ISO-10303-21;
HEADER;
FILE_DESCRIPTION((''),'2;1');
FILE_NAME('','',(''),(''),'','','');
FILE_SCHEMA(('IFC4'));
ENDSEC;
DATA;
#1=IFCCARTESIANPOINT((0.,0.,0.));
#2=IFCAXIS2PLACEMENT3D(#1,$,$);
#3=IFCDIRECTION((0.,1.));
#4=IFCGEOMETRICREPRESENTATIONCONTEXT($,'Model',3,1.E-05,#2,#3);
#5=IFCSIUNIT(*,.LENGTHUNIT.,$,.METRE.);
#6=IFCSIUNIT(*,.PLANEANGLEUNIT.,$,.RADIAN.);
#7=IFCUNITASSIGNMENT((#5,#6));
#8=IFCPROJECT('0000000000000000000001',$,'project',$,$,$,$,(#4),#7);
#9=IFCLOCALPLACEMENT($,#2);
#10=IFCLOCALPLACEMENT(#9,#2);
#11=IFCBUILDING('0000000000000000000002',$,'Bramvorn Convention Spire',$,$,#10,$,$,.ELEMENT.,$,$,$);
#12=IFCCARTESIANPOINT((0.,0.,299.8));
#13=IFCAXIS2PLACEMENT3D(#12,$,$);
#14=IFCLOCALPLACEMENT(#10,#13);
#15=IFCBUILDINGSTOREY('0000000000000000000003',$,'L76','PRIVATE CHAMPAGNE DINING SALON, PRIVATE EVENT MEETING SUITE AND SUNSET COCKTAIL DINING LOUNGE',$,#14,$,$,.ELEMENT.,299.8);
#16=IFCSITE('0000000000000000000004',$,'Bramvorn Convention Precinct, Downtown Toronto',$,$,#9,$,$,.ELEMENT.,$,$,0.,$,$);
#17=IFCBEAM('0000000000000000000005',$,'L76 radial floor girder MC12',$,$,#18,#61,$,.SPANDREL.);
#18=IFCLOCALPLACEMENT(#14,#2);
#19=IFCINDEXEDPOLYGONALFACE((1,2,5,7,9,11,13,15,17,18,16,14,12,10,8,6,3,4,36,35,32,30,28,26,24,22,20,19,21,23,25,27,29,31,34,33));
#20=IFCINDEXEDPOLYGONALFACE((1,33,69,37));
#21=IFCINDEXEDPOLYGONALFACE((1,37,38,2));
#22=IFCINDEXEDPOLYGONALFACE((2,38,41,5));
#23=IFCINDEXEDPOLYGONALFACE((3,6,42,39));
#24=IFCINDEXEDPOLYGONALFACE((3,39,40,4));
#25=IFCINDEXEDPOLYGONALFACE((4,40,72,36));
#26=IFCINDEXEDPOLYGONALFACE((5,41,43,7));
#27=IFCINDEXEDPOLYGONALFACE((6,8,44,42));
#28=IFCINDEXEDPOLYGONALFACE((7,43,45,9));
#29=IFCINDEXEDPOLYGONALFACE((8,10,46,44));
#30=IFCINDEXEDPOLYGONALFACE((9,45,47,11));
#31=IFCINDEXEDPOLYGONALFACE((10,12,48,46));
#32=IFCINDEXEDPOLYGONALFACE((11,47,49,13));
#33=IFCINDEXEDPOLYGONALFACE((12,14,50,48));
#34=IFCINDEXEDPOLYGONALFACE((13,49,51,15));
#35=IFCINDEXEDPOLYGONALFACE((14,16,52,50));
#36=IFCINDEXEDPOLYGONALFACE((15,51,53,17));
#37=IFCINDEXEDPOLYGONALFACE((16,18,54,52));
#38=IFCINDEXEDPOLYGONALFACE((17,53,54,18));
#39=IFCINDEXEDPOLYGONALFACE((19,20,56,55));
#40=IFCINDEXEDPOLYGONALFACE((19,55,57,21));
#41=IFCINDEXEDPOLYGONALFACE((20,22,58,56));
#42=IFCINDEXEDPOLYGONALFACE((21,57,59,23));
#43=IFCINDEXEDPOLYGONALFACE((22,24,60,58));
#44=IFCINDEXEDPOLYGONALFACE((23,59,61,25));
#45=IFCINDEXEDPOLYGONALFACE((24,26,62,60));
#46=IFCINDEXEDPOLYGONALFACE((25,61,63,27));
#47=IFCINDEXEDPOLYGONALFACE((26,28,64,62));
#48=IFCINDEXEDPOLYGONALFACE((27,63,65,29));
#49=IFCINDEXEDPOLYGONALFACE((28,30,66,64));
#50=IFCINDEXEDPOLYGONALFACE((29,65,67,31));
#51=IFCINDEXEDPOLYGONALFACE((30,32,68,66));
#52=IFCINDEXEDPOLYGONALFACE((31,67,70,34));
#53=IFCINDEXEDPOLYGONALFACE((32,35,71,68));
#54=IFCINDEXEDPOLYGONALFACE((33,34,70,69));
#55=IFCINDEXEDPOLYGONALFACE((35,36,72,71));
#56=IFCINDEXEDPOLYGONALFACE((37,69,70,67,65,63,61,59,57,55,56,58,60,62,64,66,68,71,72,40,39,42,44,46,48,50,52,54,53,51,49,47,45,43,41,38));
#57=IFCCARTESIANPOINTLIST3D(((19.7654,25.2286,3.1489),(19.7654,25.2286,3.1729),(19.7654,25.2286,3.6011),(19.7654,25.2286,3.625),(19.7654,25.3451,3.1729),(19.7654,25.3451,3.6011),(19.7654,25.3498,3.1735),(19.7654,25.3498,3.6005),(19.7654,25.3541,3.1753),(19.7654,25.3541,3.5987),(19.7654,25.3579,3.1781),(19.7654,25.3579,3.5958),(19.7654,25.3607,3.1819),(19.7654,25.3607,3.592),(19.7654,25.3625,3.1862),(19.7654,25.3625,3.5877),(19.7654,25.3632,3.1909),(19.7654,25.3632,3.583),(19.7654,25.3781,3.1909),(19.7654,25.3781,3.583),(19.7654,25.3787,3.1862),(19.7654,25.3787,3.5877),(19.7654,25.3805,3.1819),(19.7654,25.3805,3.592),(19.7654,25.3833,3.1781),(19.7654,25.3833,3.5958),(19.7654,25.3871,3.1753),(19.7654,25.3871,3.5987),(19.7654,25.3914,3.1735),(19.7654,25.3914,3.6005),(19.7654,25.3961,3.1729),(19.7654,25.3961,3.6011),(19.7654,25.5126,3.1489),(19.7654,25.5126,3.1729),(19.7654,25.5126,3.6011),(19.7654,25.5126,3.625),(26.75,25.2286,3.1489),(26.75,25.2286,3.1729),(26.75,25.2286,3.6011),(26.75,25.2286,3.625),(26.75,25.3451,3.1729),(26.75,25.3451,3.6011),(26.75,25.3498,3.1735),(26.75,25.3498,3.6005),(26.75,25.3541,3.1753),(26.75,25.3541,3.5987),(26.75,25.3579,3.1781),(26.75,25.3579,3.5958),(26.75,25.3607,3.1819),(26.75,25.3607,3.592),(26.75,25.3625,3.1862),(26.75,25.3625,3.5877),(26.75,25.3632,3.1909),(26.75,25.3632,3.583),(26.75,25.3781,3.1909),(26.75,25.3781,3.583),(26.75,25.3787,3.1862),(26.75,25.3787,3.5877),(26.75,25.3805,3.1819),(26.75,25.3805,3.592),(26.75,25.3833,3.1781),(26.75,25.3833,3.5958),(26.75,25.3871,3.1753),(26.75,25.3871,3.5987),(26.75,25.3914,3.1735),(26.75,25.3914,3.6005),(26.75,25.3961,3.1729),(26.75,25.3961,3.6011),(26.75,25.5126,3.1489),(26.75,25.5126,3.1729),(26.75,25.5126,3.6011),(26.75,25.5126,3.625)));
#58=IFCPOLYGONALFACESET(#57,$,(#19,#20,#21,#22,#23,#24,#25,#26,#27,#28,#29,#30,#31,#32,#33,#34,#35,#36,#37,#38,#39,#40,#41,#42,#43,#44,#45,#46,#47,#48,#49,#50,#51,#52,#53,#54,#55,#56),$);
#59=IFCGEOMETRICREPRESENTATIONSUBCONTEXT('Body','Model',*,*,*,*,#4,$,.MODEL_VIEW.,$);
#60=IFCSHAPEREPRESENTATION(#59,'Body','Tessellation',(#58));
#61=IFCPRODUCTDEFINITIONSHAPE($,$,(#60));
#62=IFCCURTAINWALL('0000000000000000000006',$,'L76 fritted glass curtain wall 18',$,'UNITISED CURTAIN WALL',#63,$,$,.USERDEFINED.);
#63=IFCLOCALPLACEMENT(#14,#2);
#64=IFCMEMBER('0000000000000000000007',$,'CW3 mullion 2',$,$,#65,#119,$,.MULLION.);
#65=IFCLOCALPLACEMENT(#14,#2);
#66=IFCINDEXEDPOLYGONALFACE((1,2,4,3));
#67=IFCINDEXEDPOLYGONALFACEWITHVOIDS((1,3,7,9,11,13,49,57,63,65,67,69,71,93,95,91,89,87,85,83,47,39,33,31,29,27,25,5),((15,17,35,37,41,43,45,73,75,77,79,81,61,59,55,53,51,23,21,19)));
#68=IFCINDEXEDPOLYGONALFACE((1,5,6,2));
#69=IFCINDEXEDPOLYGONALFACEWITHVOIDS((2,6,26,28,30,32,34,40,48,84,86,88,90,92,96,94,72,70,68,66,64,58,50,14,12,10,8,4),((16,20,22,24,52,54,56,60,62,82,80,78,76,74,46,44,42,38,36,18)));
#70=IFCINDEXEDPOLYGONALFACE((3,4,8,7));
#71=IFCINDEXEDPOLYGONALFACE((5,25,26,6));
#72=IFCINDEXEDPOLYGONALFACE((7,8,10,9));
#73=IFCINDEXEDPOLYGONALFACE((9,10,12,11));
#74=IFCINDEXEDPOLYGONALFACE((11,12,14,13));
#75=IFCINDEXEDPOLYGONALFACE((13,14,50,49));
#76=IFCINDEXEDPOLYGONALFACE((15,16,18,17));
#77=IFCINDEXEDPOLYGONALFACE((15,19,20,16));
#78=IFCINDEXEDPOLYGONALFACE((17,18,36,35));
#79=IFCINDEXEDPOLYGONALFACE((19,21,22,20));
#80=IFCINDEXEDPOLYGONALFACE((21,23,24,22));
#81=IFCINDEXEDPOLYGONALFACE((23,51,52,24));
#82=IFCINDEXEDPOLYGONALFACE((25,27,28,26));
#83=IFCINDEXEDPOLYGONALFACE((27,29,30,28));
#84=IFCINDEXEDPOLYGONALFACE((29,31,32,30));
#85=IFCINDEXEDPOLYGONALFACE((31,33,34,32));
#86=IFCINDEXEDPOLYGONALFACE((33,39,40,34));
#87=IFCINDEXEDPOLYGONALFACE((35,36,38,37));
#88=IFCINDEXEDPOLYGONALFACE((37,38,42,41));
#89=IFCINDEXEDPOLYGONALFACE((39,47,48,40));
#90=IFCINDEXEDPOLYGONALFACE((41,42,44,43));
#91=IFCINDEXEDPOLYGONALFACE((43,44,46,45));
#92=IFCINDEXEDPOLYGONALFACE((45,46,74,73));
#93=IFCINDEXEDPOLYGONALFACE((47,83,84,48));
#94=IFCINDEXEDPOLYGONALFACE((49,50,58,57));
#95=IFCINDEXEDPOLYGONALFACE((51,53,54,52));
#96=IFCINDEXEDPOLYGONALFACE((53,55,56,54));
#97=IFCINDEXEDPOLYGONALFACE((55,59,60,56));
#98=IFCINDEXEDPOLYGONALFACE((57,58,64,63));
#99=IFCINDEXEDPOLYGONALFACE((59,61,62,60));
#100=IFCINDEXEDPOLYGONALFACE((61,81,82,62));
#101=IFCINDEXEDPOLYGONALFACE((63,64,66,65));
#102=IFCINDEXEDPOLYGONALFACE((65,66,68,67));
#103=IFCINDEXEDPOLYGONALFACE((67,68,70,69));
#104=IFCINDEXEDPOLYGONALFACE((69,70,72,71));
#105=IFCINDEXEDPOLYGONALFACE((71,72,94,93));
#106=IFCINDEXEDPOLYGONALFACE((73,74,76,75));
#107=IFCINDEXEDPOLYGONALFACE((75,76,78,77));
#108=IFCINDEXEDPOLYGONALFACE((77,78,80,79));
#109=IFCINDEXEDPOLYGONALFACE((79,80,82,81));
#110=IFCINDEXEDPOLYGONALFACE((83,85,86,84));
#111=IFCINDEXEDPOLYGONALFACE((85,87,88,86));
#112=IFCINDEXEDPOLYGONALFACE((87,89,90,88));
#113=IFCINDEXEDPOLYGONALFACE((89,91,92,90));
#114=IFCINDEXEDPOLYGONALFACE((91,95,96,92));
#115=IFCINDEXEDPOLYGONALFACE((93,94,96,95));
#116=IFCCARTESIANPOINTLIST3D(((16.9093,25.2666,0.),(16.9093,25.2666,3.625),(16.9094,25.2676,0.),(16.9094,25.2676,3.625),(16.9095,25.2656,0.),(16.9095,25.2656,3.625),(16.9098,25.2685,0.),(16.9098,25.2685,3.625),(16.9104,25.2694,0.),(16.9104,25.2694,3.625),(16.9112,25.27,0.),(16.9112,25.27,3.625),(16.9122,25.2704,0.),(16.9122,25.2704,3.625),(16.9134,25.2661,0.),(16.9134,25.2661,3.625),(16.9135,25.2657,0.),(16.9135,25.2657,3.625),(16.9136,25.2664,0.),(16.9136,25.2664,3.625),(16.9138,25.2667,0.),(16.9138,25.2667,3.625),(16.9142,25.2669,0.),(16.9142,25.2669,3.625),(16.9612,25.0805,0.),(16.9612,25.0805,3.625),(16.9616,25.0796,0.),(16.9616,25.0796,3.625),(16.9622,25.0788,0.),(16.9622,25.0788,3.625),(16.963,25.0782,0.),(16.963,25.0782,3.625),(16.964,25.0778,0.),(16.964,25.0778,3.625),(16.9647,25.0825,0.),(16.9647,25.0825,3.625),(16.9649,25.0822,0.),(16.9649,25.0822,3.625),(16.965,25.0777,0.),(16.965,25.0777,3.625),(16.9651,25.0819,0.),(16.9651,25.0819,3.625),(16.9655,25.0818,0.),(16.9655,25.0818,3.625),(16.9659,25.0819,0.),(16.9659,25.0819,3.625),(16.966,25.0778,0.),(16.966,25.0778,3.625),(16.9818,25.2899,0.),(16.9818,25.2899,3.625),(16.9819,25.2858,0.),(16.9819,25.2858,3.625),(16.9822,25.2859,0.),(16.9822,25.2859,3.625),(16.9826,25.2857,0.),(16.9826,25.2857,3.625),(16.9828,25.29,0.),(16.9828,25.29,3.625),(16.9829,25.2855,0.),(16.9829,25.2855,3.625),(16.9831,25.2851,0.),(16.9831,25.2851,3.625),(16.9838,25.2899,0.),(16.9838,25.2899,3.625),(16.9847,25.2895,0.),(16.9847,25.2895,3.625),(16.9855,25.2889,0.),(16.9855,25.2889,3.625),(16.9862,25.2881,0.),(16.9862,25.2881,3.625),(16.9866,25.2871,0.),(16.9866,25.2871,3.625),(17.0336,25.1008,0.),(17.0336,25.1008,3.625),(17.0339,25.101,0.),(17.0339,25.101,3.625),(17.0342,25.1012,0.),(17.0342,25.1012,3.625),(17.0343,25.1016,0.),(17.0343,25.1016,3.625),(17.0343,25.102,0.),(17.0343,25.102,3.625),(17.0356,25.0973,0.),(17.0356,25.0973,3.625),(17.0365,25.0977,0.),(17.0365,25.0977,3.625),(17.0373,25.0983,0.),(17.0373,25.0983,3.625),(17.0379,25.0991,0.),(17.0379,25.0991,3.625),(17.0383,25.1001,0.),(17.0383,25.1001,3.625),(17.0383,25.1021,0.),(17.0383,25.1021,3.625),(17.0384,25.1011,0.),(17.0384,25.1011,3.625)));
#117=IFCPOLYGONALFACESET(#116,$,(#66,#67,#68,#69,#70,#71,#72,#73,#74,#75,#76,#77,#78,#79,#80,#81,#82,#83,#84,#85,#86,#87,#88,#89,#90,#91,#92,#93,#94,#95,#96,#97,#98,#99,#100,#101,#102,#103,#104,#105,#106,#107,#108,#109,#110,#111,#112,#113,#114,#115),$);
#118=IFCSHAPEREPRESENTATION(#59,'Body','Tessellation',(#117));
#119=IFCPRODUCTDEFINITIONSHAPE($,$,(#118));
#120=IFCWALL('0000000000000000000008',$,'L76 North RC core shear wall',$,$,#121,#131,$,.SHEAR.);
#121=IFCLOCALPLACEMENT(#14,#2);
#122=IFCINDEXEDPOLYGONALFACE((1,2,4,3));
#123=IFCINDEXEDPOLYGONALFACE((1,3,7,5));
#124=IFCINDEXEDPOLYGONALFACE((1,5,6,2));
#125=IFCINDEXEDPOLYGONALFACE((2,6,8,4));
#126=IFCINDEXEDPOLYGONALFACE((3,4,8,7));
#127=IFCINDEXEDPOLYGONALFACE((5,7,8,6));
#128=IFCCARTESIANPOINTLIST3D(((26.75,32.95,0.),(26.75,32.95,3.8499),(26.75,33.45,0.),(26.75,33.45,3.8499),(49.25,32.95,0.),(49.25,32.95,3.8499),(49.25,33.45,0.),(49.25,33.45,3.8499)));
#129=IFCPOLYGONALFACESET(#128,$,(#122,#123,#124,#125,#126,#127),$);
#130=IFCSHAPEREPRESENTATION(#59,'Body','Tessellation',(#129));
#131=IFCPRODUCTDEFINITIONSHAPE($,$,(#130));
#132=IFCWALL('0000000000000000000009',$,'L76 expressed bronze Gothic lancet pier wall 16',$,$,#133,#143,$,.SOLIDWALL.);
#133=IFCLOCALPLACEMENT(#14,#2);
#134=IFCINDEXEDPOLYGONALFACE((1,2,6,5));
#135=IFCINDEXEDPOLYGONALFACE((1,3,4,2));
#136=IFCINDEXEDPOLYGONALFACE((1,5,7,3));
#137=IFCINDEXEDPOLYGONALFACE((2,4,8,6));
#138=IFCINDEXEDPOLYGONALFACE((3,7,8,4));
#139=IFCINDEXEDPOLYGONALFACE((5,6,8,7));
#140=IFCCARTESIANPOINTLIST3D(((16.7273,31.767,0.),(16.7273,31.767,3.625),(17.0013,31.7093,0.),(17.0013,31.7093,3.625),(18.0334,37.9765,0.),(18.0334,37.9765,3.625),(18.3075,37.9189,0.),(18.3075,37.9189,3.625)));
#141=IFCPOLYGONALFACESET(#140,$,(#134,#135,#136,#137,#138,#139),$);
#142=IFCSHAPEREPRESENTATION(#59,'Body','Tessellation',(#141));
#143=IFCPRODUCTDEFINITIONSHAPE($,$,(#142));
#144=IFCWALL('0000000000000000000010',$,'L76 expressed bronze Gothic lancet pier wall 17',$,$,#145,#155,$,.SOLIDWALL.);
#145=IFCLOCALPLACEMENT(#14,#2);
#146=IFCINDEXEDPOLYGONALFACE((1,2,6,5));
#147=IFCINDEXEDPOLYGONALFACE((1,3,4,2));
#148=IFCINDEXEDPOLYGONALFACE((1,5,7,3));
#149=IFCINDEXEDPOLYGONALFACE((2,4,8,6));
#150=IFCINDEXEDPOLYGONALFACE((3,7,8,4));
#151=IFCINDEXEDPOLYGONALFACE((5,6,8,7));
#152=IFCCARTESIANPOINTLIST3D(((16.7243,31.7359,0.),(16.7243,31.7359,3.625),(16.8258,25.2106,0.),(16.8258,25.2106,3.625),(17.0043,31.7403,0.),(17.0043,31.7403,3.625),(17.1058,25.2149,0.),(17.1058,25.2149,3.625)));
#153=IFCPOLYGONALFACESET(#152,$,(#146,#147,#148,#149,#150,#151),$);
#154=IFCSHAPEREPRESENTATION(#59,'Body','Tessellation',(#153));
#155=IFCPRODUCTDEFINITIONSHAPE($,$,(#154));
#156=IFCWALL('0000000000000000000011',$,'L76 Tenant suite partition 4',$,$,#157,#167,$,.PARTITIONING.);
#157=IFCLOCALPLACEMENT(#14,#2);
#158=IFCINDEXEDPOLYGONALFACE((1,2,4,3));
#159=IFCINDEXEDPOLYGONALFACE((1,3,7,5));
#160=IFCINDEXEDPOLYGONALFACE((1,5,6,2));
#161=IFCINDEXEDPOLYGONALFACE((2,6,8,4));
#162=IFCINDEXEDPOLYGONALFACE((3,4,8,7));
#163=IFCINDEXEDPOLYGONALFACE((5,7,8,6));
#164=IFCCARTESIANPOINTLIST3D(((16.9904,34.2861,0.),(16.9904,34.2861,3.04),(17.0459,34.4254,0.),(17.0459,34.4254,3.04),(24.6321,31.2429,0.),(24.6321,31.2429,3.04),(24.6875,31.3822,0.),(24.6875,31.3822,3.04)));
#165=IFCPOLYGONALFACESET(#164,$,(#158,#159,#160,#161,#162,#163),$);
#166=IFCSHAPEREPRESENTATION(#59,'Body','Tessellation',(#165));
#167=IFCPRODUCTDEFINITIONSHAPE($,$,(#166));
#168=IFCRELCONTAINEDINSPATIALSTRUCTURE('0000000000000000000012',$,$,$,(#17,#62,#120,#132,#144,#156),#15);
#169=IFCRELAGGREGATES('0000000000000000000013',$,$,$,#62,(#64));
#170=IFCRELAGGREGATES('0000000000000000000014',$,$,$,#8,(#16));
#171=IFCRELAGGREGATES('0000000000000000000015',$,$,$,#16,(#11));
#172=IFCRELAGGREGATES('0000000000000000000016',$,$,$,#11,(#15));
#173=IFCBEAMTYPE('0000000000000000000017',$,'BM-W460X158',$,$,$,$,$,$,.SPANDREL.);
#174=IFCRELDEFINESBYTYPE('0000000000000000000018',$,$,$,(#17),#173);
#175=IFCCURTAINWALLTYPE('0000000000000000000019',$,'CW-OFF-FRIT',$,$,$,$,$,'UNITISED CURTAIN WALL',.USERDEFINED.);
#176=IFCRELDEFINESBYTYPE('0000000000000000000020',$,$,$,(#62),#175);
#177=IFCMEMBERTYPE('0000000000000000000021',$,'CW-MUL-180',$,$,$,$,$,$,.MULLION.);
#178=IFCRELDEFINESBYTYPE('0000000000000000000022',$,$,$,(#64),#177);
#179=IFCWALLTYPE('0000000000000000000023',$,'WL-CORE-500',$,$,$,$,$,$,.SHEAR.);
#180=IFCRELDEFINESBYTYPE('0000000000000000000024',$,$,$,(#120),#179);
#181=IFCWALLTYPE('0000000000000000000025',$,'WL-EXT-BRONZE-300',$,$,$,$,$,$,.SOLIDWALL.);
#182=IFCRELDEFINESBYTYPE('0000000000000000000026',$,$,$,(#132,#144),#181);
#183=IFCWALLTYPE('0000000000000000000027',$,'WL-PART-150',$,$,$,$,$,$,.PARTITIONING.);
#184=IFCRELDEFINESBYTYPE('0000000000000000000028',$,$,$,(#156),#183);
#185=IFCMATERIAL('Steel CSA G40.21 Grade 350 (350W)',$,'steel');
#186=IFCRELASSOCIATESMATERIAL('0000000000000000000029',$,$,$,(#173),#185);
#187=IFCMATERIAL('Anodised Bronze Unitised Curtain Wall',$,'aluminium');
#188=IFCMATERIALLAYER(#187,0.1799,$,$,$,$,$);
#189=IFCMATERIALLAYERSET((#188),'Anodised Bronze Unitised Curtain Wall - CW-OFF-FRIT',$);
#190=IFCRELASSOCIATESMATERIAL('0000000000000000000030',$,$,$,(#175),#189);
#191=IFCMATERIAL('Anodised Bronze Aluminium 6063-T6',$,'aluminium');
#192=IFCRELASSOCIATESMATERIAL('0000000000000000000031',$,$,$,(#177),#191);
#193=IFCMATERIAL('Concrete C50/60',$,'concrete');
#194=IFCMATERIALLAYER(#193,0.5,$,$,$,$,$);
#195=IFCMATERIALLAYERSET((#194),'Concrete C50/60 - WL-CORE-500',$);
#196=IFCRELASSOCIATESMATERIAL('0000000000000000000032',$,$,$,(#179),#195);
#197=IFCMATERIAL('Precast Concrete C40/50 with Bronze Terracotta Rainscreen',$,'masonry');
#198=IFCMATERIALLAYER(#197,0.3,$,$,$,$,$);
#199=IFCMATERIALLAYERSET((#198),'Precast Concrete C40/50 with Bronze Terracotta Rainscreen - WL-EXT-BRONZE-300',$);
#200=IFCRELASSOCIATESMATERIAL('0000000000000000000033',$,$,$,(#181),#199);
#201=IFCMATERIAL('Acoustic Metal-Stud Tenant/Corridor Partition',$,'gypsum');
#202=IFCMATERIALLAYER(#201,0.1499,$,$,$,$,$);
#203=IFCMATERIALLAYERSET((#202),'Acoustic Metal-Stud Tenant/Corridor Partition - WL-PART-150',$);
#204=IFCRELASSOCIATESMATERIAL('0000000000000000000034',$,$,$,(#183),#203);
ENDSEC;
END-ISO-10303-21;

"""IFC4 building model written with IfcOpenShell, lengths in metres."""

from ifc_helpers import new_model, si_unit, direction, frame, frame_2d, origin, origin_2d, place, context, subcontext, project, spatial, rectangle, hollow_rectangle, i_section, extrude, material, layer, layer_set, material_profile, profile_set, type_object, element, aggregate, save


model = new_model("IFC4")

# Units and contexts
model_context = context("Model", 3, precision=1e-05, world=origin(), true_north=direction((0.0, 1.0)))
body_context = subcontext(model_context, "Body", "Model", "MODEL_VIEW")
ifc_project = project(units=[si_unit("LENGTHUNIT", "METRE"), si_unit("PLANEANGLEUNIT", "RADIAN")], contexts=[model_context])

# Site, building, storey
site_placement = place(None, origin())
site = spatial("IfcSite", under=ifc_project, at=site_placement, Name="Bramvorn Convention Precinct, Downtown Toronto", CompositionType="ELEMENT", RefElevation=0.0)
building_placement = place(site_placement, origin())
building = spatial("IfcBuilding", under=site, at=building_placement, Name="Bramvorn Convention Spire", CompositionType="ELEMENT")
storey_placement = place(building_placement, frame((0.0, 0.0, 299.8)))
storey = spatial("IfcBuildingStorey", under=building, at=storey_placement, Name="L76", Description="PRIVATE CHAMPAGNE DINING SALON, PRIVATE EVENT MEETING SUITE AND SUNSET COCKTAIL DINING LOUNGE", CompositionType="ELEMENT", Elevation=299.8)

# Shared definitions
ifc_material_1 = material(Name="Steel CSA G40.21 Grade 350 (350W)", Category="steel")

# Beam
ifc_material_profile_1 = material_profile(ifc_material_1, i_section(OverallWidth=0.2839, OverallDepth=0.4761, WebThickness=0.0149, FlangeThickness=0.0239, FilletRadius=0.0181, at=origin_2d()))
ifc_profile_set_1 = profile_set([ifc_material_profile_1], Name="Steel CSA G40.21 Grade 350 (350W) - W460X158")
beam_type_1 = type_object("IfcBeamType", Name="BM-W460X158", PredefinedType="SPANDREL", material=ifc_profile_set_1)
beam_1_placement = place(storey_placement, frame((26.75, 25.3706, 3.387), z_axis=(-1.0, 0.0, 0.0), x_axis=(0.0, -1.0, 0.0)))
element("IfcBeam", 1, at=beam_1_placement, inside=storey, type_object=beam_type_1, Name="L76 radial floor girder MC12", PredefinedType="SPANDREL", context=body_context, shape_type="SweptSolid", body=[
    extrude(i_section(OverallWidth=0.2839, OverallDepth=0.4761, WebThickness=0.0149, FlangeThickness=0.0239, FilletRadius=0.0181, at=origin_2d()), origin(), (0.0, 0.0, 1.0), 6.9846),
])

# Curtain wall, member
ifc_material_2 = material(Name="Anodised Bronze Unitised Curtain Wall", Category="aluminium")
ifc_layer_1 = layer(ifc_material_2, 0.1799)
ifc_layer_set_1 = layer_set([ifc_layer_1], Name="Anodised Bronze Unitised Curtain Wall - CW-OFF-FRIT")
curtain_wall_type = type_object("IfcCurtainWallType", Name="CW-OFF-FRIT", ElementType="UNITISED CURTAIN WALL", PredefinedType="USERDEFINED", material=ifc_layer_set_1)
curtain_wall_placement = place(storey_placement, origin())
curtain_wall = element("IfcCurtainWall", 2, at=curtain_wall_placement, inside=storey, type_object=curtain_wall_type, Name="L76 fritted glass curtain wall 18", ObjectType="UNITISED CURTAIN WALL", PredefinedType="USERDEFINED")
ifc_material_3 = material(Name="Anodised Bronze Aluminium 6063-T6", Category="aluminium")
ifc_material_profile_2 = material_profile(ifc_material_3, hollow_rectangle(XDim=0.0801, YDim=0.2, WallThickness=0.0039, InnerFilletRadius=0.001, OuterFilletRadius=0.0039, at=origin_2d()))
ifc_profile_set_2 = profile_set([ifc_material_profile_2], Name="Anodised Bronze Aluminium 6063-T6 - CWM80X200")
member_type = type_object("IfcMemberType", Name="CW-MUL-180", PredefinedType="MULLION", material=ifc_profile_set_2)
member_placement = place(storey_placement, frame((16.9739, 25.1838, 0.0), z_axis=(0.0, 0.0, 1.0), x_axis=(-0.963073, -0.269239, 0.0)))
member = element("IfcMember", 3, at=member_placement, type_object=member_type, Name="CW3 mullion 2", PredefinedType="MULLION", context=body_context, shape_type="SweptSolid", body=[
    extrude(hollow_rectangle(XDim=0.0801, YDim=0.2, WallThickness=0.0039, InnerFilletRadius=0.001, OuterFilletRadius=0.0039, at=origin_2d()), origin(), (0.0, 0.0, 1.0), 3.625),
])
aggregate(curtain_wall, [member])

# Wall
ifc_material_4 = material(Name="Concrete C50/60", Category="concrete")
ifc_layer_2 = layer(ifc_material_4, 0.5)
ifc_layer_set_2 = layer_set([ifc_layer_2], Name="Concrete C50/60 - WL-CORE-500")
wall_type_1 = type_object("IfcWallType", Name="WL-CORE-500", PredefinedType="SHEAR", material=ifc_layer_set_2)
wall_1_placement = place(storey_placement, frame((26.75, 33.2, 0.0), z_axis=(0.0, 0.0, 1.0), x_axis=(1.0, 0.0, 0.0)))
element("IfcWall", 4, at=wall_1_placement, inside=storey, type_object=wall_type_1, Name="L76 North RC core shear wall", PredefinedType="SHEAR", context=body_context, shape_type="SweptSolid", body=[
    extrude(rectangle(XDim=22.5, YDim=0.5, at=frame_2d((11.25, 0.0))), origin(), (0.0, 0.0, 1.0), 3.8499),
])

# Walls
ifc_material_5 = material(Name="Precast Concrete C40/50 with Bronze Terracotta Rainscreen", Category="masonry")
ifc_layer_3 = layer(ifc_material_5, 0.3)
ifc_layer_set_3 = layer_set([ifc_layer_3], Name="Precast Concrete C40/50 with Bronze Terracotta Rainscreen - WL-EXT-BRONZE-300")
wall_type_2 = type_object("IfcWallType", Name="WL-EXT-BRONZE-300", PredefinedType="SOLIDWALL", material=ifc_layer_set_3)
wall_2_placement = place(storey_placement, frame((16.8643, 31.738, 0.0), z_axis=(0.0, 0.0, 1.0), x_axis=(0.205844, 0.978585, 0.0)))
element("IfcWall", 5, at=wall_2_placement, inside=storey, type_object=wall_type_2, Name="L76 expressed bronze Gothic lancet pier wall 16", PredefinedType="SOLIDWALL", context=body_context, shape_type="SweptSolid", body=[
    extrude(rectangle(XDim=6.3455, YDim=0.28, at=frame_2d((3.1729, 0.0))), origin(), (0.0, 0.0, 1.0), 3.625),
])
wall_3_placement = place(storey_placement, frame((16.9658, 25.2126, 0.0), z_axis=(0.0, 0.0, 1.0), x_axis=(-0.015562, 0.999879, 0.0)))
element("IfcWall", 6, at=wall_3_placement, inside=storey, type_object=wall_type_2, Name="L76 expressed bronze Gothic lancet pier wall 17", PredefinedType="SOLIDWALL", context=body_context, shape_type="SweptSolid", body=[
    extrude(rectangle(XDim=6.5261, YDim=0.28, at=frame_2d((3.2632, 0.0))), origin(), (0.0, 0.0, 1.0), 3.625),
])
ifc_material_6 = material(Name="Acoustic Metal-Stud Tenant/Corridor Partition", Category="gypsum")
ifc_layer_4 = layer(ifc_material_6, 0.1499)
ifc_layer_set_4 = layer_set([ifc_layer_4], Name="Acoustic Metal-Stud Tenant/Corridor Partition - WL-PART-150")
wall_type_3 = type_object("IfcWallType", Name="WL-PART-150", PredefinedType="PARTITIONING", material=ifc_layer_set_4)
wall_4_placement = place(storey_placement, frame((24.6599, 31.3125, 0.0), z_axis=(0.0, 0.0, 1.0), x_axis=(-0.929039, 0.369983, 0.0)))
element("IfcWall", 7, at=wall_4_placement, inside=storey, type_object=wall_type_3, Name="L76 Tenant suite partition 4", PredefinedType="PARTITIONING", context=body_context, shape_type="SweptSolid", body=[
    extrude(rectangle(XDim=8.2253, YDim=0.1499, at=frame_2d((4.1128, 0.0))), origin(), (0.0, 0.0, 1.0), 3.04),
])

save(model, "model.ifc")
